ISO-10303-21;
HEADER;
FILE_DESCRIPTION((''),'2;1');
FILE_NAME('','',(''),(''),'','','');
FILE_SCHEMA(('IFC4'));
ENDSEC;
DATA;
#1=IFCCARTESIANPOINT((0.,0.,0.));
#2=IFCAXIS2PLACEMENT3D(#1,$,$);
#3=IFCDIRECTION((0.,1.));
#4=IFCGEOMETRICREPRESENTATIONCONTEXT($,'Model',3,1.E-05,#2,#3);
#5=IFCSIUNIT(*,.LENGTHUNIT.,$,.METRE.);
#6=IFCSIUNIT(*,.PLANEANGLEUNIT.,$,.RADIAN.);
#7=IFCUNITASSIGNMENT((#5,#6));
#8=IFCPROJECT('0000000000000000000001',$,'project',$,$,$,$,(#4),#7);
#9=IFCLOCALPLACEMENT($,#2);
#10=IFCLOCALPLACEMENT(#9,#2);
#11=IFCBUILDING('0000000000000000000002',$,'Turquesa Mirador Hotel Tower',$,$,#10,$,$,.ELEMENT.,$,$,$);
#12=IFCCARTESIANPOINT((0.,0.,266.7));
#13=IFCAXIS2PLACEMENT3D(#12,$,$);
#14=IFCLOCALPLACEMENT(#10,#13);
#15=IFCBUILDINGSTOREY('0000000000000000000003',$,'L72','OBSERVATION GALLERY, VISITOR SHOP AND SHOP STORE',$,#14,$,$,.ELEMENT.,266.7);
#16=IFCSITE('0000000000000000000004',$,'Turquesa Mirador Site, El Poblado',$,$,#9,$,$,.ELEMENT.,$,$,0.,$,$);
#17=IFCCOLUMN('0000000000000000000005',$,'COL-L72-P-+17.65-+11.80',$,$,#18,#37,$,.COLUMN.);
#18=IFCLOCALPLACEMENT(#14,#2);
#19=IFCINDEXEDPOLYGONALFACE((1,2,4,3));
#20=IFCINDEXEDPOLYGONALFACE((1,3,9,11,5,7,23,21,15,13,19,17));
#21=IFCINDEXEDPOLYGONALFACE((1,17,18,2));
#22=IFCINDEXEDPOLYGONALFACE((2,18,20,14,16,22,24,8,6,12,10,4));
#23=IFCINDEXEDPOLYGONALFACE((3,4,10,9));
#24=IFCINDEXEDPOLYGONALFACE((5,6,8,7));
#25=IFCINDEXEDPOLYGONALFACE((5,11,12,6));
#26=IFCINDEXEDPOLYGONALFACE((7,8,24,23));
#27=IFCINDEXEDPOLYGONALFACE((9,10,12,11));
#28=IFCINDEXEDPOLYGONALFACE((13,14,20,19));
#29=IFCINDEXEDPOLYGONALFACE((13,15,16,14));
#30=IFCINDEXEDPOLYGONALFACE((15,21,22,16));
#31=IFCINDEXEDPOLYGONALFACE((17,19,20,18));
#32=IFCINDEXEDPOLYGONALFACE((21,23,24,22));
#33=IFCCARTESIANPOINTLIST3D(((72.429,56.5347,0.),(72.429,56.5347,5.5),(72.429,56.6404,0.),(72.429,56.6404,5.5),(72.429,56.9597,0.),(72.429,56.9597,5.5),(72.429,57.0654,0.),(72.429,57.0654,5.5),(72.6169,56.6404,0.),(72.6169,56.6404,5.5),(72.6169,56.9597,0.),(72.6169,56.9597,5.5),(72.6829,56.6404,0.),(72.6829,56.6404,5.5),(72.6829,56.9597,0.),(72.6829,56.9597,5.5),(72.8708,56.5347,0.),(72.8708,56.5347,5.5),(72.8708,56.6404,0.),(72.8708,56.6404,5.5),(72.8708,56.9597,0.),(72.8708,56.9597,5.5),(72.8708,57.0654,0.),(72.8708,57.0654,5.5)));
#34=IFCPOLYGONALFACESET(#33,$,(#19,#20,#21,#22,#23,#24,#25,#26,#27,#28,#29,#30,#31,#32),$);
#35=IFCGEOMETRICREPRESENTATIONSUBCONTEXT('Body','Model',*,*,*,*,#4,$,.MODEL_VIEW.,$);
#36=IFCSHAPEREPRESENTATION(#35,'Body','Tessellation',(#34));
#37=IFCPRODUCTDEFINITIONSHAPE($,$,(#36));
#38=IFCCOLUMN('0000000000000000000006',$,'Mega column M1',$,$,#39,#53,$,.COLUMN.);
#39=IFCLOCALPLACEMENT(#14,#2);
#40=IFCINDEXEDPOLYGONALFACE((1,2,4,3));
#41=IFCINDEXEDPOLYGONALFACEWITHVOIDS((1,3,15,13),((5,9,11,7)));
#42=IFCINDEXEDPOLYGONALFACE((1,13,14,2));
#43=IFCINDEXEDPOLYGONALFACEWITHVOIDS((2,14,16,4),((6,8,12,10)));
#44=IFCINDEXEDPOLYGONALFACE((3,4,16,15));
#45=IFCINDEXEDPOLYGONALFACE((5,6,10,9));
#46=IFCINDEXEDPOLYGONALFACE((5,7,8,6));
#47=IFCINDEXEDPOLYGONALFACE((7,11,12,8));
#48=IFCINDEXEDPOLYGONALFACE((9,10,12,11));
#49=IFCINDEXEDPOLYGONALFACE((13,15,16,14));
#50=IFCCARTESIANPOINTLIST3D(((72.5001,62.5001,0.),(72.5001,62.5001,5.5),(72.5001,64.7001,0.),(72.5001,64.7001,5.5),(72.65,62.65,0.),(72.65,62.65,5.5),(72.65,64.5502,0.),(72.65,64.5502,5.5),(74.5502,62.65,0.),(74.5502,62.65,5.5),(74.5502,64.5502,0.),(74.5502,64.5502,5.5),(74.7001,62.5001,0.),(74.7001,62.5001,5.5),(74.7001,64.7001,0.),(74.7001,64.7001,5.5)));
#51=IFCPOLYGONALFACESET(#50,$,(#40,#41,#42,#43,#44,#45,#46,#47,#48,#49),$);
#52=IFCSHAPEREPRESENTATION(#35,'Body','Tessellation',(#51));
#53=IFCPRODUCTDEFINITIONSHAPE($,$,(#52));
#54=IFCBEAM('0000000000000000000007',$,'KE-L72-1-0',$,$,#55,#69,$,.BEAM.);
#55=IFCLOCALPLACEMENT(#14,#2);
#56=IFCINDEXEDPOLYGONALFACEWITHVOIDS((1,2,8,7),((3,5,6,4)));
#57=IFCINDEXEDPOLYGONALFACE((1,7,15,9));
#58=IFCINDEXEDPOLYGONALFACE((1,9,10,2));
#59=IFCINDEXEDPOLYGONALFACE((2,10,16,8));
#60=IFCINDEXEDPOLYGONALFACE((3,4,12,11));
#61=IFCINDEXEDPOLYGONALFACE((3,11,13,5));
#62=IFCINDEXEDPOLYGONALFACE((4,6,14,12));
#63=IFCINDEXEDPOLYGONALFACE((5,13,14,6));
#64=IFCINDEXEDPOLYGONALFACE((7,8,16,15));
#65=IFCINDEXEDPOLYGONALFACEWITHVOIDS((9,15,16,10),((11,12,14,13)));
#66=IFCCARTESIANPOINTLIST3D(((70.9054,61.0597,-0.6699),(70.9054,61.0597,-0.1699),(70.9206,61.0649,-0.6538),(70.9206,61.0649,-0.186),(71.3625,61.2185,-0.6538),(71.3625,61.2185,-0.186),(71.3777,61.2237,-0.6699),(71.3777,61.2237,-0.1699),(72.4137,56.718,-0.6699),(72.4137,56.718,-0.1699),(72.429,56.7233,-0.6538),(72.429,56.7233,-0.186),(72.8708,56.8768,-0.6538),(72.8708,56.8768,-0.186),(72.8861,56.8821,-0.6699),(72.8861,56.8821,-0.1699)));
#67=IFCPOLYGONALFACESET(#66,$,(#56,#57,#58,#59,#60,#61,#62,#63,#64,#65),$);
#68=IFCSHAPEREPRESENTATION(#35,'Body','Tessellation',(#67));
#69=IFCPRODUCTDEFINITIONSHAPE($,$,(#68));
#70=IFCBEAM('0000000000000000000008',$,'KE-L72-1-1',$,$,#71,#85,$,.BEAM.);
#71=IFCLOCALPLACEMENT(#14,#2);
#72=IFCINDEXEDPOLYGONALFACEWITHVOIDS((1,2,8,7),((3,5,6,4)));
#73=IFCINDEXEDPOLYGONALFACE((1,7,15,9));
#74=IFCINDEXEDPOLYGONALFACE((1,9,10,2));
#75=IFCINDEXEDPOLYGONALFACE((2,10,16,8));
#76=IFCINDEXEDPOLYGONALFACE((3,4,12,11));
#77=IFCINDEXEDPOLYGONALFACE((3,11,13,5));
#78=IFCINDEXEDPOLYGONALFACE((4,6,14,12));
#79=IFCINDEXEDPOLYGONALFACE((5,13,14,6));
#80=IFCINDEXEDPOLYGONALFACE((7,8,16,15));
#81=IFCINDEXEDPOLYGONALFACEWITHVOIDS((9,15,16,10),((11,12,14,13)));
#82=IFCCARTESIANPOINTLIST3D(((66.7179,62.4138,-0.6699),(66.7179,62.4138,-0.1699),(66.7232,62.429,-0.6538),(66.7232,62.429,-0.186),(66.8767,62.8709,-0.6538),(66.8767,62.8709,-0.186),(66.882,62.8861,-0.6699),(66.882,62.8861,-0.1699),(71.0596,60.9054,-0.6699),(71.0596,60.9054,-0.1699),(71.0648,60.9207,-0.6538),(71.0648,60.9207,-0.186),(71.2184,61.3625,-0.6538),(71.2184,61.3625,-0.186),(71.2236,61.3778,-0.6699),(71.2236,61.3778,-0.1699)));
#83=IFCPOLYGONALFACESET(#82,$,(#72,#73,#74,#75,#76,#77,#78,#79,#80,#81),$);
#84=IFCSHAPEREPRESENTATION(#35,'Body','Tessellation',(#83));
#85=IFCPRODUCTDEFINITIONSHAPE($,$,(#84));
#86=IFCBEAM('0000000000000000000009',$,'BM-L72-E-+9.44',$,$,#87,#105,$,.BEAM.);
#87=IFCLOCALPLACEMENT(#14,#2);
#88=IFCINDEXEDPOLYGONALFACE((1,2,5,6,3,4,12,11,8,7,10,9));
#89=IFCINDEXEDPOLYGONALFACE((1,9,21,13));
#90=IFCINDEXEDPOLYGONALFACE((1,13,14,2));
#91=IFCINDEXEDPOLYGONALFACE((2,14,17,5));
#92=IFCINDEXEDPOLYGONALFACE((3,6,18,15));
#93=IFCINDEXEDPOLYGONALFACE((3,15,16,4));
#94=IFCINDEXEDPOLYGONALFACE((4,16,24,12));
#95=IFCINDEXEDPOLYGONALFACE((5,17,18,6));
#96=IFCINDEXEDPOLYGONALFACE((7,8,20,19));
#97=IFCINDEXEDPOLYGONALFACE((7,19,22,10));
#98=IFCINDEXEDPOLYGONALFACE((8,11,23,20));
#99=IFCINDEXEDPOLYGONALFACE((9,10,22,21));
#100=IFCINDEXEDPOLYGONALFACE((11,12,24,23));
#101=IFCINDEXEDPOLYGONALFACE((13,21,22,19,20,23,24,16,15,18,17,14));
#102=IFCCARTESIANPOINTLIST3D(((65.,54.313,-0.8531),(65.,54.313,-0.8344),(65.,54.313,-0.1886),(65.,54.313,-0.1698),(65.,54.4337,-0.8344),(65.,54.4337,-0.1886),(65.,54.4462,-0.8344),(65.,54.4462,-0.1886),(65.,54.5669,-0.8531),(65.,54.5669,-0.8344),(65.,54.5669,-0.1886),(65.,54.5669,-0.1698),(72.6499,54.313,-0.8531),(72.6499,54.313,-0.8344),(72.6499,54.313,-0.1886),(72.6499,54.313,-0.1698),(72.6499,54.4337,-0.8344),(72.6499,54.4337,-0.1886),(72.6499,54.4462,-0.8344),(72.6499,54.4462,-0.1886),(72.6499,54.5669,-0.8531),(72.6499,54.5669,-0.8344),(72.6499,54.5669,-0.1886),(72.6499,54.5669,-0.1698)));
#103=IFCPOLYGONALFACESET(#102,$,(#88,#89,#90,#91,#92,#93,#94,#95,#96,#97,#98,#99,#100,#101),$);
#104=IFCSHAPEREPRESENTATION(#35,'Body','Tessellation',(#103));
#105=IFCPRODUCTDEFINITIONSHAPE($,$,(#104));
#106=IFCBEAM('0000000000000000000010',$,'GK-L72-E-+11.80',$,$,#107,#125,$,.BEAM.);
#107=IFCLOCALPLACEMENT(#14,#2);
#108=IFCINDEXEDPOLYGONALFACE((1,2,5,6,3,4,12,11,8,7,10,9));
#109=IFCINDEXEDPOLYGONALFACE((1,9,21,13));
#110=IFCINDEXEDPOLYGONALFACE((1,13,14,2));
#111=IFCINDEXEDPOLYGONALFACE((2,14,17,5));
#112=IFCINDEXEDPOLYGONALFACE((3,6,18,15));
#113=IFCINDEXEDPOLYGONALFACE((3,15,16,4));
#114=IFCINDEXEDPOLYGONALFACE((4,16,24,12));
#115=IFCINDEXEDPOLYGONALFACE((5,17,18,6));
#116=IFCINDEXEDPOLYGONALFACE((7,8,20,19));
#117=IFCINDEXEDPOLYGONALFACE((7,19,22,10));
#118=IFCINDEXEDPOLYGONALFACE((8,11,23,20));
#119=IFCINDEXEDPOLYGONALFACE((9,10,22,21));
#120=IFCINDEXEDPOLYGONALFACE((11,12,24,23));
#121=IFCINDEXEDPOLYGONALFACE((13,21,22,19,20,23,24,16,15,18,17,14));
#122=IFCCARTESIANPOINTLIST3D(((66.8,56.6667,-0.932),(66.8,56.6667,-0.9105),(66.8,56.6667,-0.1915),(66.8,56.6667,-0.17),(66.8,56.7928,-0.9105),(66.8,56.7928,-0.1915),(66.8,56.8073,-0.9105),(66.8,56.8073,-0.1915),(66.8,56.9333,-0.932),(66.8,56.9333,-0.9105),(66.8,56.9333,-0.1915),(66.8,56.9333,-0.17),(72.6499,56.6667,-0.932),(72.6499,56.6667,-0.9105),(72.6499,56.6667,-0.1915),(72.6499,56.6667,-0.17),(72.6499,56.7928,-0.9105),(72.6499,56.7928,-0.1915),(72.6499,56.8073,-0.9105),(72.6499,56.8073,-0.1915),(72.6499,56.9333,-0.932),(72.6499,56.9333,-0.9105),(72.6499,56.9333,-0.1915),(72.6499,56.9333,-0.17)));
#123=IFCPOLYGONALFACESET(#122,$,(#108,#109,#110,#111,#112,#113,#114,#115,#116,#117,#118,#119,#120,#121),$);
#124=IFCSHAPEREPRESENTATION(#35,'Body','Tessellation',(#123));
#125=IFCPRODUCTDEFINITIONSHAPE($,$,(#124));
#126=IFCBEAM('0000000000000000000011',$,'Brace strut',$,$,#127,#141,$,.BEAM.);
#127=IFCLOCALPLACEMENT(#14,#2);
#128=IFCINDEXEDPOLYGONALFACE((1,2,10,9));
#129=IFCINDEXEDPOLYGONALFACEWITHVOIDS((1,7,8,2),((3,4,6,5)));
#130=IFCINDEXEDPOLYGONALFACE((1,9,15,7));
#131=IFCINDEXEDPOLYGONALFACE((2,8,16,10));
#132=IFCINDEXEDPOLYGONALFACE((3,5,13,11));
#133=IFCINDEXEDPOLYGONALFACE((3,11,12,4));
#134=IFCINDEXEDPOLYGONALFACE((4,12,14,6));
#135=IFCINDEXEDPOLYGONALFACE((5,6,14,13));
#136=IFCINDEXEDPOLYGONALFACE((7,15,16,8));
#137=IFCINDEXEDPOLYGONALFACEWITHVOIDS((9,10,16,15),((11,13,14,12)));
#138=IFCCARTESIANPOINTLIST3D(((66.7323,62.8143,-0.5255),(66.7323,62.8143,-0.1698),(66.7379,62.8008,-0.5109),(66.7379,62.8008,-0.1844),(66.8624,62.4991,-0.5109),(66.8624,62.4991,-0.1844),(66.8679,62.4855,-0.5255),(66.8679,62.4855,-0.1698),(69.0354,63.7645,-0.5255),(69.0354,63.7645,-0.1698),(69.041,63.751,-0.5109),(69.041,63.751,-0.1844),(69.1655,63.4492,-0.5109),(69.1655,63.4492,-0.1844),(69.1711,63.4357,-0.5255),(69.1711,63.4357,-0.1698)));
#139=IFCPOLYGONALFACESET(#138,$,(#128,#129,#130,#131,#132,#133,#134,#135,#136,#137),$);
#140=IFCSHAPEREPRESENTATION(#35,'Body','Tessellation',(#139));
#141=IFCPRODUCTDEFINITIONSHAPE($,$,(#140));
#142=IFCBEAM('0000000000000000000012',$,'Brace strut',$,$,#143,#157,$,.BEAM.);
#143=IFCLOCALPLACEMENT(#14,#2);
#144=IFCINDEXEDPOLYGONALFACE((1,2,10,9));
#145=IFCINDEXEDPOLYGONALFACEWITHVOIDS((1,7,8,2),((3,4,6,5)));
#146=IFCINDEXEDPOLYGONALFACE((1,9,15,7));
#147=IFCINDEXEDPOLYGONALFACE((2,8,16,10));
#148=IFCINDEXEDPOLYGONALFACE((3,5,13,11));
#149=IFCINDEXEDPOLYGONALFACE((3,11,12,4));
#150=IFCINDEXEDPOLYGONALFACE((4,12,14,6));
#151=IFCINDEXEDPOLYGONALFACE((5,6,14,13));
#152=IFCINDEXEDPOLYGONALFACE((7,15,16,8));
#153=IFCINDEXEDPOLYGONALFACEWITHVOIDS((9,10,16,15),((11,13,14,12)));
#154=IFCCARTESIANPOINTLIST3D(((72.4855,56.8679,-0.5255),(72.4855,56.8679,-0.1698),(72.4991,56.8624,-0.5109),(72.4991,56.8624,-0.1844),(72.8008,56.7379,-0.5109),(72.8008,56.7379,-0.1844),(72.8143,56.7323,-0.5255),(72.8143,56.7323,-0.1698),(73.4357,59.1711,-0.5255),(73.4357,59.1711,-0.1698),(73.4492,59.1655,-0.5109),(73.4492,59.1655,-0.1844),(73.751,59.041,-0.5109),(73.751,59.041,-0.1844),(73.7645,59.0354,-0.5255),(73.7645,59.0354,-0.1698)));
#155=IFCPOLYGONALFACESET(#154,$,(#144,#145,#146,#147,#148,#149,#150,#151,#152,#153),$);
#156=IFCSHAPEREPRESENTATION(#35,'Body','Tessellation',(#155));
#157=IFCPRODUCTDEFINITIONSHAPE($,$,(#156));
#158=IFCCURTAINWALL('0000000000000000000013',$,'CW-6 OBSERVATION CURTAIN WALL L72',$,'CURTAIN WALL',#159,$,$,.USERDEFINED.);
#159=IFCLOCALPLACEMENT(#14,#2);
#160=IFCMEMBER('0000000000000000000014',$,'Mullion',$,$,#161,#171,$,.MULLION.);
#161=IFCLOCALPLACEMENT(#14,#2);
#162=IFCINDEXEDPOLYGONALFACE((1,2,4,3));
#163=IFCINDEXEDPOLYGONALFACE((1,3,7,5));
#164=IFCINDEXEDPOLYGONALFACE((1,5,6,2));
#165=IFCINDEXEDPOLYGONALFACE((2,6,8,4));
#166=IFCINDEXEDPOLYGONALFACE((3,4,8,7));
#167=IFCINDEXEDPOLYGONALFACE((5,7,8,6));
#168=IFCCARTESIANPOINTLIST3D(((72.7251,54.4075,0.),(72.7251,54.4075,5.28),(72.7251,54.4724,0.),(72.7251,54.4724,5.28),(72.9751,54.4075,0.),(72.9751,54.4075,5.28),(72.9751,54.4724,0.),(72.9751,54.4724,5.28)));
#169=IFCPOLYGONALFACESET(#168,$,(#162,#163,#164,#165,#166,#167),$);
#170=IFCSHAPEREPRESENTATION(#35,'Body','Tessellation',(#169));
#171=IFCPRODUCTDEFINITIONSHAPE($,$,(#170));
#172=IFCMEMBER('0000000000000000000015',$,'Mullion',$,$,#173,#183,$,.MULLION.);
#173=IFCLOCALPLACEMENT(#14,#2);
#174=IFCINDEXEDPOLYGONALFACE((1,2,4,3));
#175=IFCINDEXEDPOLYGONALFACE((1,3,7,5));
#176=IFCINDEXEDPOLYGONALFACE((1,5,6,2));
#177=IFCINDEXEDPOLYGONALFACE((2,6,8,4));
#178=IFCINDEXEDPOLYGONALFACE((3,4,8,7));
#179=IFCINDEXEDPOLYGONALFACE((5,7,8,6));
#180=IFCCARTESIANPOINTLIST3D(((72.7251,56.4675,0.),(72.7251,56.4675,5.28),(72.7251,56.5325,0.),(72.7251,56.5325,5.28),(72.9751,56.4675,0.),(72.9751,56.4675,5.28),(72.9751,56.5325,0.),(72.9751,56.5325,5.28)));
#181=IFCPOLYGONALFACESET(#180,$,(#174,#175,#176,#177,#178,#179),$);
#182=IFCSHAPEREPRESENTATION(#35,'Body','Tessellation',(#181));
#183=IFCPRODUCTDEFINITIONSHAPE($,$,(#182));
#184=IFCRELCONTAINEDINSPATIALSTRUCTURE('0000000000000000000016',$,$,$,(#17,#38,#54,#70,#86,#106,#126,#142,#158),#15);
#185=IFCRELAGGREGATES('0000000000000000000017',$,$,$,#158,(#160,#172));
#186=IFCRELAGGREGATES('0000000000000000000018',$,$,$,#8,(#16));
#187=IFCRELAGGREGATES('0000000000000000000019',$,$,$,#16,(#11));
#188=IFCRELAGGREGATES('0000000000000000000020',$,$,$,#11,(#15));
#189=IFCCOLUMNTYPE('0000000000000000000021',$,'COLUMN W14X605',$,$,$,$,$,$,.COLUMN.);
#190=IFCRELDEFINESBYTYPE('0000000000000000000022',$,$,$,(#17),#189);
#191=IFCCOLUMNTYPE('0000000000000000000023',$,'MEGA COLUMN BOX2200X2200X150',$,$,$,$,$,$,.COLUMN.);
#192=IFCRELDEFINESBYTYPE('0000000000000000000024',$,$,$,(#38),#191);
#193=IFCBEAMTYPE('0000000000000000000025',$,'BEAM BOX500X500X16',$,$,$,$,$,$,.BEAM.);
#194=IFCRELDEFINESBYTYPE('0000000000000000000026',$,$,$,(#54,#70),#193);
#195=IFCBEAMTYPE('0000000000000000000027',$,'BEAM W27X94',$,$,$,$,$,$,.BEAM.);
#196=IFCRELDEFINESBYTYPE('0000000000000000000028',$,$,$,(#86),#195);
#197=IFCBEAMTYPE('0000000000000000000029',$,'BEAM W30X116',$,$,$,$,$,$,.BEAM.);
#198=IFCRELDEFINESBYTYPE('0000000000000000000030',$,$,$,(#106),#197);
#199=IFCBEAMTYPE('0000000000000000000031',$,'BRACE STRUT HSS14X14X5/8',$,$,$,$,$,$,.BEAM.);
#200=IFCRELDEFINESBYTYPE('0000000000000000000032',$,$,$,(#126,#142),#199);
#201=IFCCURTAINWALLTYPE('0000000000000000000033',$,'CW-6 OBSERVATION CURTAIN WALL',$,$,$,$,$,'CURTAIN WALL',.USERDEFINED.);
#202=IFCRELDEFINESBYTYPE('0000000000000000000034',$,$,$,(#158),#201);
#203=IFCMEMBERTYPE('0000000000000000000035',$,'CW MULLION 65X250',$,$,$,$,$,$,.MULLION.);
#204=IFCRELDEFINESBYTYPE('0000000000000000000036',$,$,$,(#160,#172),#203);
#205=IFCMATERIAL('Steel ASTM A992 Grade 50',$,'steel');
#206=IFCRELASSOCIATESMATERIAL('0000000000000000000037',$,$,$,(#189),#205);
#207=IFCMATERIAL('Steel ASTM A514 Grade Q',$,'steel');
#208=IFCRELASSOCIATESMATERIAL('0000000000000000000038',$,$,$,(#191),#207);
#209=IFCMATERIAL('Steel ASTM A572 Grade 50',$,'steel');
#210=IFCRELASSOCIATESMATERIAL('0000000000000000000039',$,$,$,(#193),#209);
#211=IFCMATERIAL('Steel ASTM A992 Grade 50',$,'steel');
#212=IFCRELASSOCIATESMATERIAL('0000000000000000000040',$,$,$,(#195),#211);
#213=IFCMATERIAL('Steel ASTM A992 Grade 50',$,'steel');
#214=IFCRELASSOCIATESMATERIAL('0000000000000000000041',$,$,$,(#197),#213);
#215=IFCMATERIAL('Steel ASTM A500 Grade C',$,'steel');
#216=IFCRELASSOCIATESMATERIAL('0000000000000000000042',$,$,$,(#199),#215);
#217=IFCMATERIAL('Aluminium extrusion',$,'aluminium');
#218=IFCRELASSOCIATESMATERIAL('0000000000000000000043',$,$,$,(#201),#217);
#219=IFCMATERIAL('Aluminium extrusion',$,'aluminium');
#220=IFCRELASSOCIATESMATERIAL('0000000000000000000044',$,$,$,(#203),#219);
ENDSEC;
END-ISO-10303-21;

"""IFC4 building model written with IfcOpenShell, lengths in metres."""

from ifc_helpers import new_model, si_unit, direction, frame, origin, origin_2d, place, context, subcontext, project, spatial, rectangle, hollow_rectangle, i_section, extrude, material, material_profile, profile_set, type_object, element, aggregate, save


model = new_model("IFC4")

# Units and contexts
model_context = context("Model", 3, precision=1e-05, world=origin(), true_north=direction((0.0, 1.0)))
body_context = subcontext(model_context, "Body", "Model", "MODEL_VIEW")
ifc_project = project(units=[si_unit("LENGTHUNIT", "METRE"), si_unit("PLANEANGLEUNIT", "RADIAN")], contexts=[model_context])

# Site, building, storey
site_placement = place(None, origin())
site = spatial("IfcSite", under=ifc_project, at=site_placement, Name="Turquesa Mirador Site, El Poblado", CompositionType="ELEMENT", RefElevation=0.0)
building_placement = place(site_placement, origin())
building = spatial("IfcBuilding", under=site, at=building_placement, Name="Turquesa Mirador Hotel Tower", CompositionType="ELEMENT")
storey_placement = place(building_placement, frame((0.0, 0.0, 266.7)))
storey = spatial("IfcBuildingStorey", under=building, at=storey_placement, Name="L72", Description="OBSERVATION GALLERY, VISITOR SHOP AND SHOP STORE", CompositionType="ELEMENT", Elevation=266.7)

# Columns
ifc_material_1 = material(Name="Steel ASTM A992 Grade 50", Category="steel")
ifc_material_profile_1 = material_profile(ifc_material_1, i_section(OverallWidth=0.4419, OverallDepth=0.5308, WebThickness=0.0659, FlangeThickness=0.1057, at=origin_2d()), Name="W14X605")
ifc_profile_set_1 = profile_set([ifc_material_profile_1], Name="Steel ASTM A992 Grade 50")
column_type_1 = type_object("IfcColumnType", Name="COLUMN W14X605", PredefinedType="COLUMN", material=ifc_profile_set_1)
column_1_placement = place(storey_placement, frame((72.6499, 56.8, 0.0), z_axis=(0.0, 0.0, 1.0), x_axis=(1.0, 0.0, 0.0)))
element("IfcColumn", 1, at=column_1_placement, inside=storey, type_object=column_type_1, Name="COL-L72-P-+17.65-+11.80", PredefinedType="COLUMN", context=body_context, shape_type="SweptSolid", body=[
    extrude(i_section(OverallWidth=0.4419, OverallDepth=0.5308, WebThickness=0.0659, FlangeThickness=0.1057, at=origin_2d()), origin(), (0.0, 0.0, 1.0), 5.5),
])
ifc_material_2 = material(Name="Steel ASTM A514 Grade Q", Category="steel")
ifc_material_profile_2 = material_profile(ifc_material_2, hollow_rectangle(XDim=2.2, YDim=2.2, WallThickness=0.1499, at=origin_2d()), Name="BOX2200X2200X150")
ifc_profile_set_2 = profile_set([ifc_material_profile_2], Name="Steel ASTM A514 Grade Q")
column_type_2 = type_object("IfcColumnType", Name="MEGA COLUMN BOX2200X2200X150", PredefinedType="COLUMN", material=ifc_profile_set_2)
column_2_placement = place(storey_placement, frame((73.6001, 63.6001, 0.0), z_axis=(0.0, 0.0, 1.0), x_axis=(1.0, 0.0, 0.0)))
element("IfcColumn", 2, at=column_2_placement, inside=storey, type_object=column_type_2, Name="Mega column M1", PredefinedType="COLUMN", context=body_context, shape_type="SweptSolid", body=[
    extrude(hollow_rectangle(XDim=2.2, YDim=2.2, WallThickness=0.1499, at=origin_2d()), origin(), (0.0, 0.0, 1.0), 5.5),
])

# Beams
ifc_material_3 = material(Name="Steel ASTM A572 Grade 50", Category="steel")
ifc_material_profile_3 = material_profile(ifc_material_3, hollow_rectangle(XDim=0.5, YDim=0.5, WallThickness=0.0161, at=origin_2d()), Name="BOX500X500X16")
ifc_profile_set_3 = profile_set([ifc_material_profile_3], Name="Steel ASTM A572 Grade 50")
beam_type_1 = type_object("IfcBeamType", Name="BEAM BOX500X500X16", PredefinedType="BEAM", material=ifc_profile_set_3)
for number, where, z_axis, x_axis, name in (
    (3, (72.6499, 56.8, -0.4199), (-0.32817, 0.944619, 0.0), (-0.944619, -0.32817, 0.0), "KE-L72-1-0"),
    (4, (71.1416, 61.1416, -0.4199), (-0.944619, 0.32817, 0.0), (-0.32817, -0.944619, 0.0), "KE-L72-1-1"),
):
    element("IfcBeam", number, at=place(storey_placement, frame(where, z_axis=z_axis, x_axis=x_axis)), inside=storey, type_object=beam_type_1, Name=name, PredefinedType="BEAM", context=body_context, shape_type="SweptSolid", body=[
        extrude(hollow_rectangle(XDim=0.5, YDim=0.5, WallThickness=0.0161, at=origin_2d()), origin(), (0.0, 0.0, 1.0), 4.5962),
    ])
ifc_material_4 = material(Name="Steel ASTM A992 Grade 50", Category="steel")
ifc_material_profile_4 = material_profile(ifc_material_4, i_section(OverallWidth=0.2539, OverallDepth=0.6833, WebThickness=0.0125, FlangeThickness=0.0188, at=origin_2d()), Name="W27X94")
ifc_profile_set_4 = profile_set([ifc_material_profile_4], Name="Steel ASTM A992 Grade 50")
beam_type_2 = type_object("IfcBeamType", Name="BEAM W27X94", PredefinedType="BEAM", material=ifc_profile_set_4)
beam_1_placement = place(storey_placement, frame((72.6499, 54.4399, -0.5115), z_axis=(-1.0, 0.0, 0.0), x_axis=(0.0, -1.0, 0.0)))
element("IfcBeam", 5, at=beam_1_placement, inside=storey, type_object=beam_type_2, Name="BM-L72-E-+9.44", PredefinedType="BEAM", context=body_context, shape_type="SweptSolid", body=[
    extrude(i_section(OverallWidth=0.2539, OverallDepth=0.6833, WebThickness=0.0125, FlangeThickness=0.0188, at=origin_2d()), origin(), (0.0, 0.0, 1.0), 7.6499),
])
ifc_material_5 = material(Name="Steel ASTM A992 Grade 50", Category="steel")
ifc_material_profile_5 = material_profile(ifc_material_5, i_section(OverallWidth=0.2666, OverallDepth=0.762, WebThickness=0.0144, FlangeThickness=0.0215, at=origin_2d()), Name="W30X116")
ifc_profile_set_5 = profile_set([ifc_material_profile_5], Name="Steel ASTM A992 Grade 50")
beam_type_3 = type_object("IfcBeamType", Name="BEAM W30X116", PredefinedType="BEAM", material=ifc_profile_set_5)
beam_2_placement = place(storey_placement, frame((72.6499, 56.8, -0.551), z_axis=(-1.0, 0.0, 0.0), x_axis=(0.0, -1.0, 0.0)))
element("IfcBeam", 6, at=beam_2_placement, inside=storey, type_object=beam_type_3, Name="GK-L72-E-+11.80", PredefinedType="BEAM", context=body_context, shape_type="SweptSolid", body=[
    extrude(i_section(OverallWidth=0.2666, OverallDepth=0.762, WebThickness=0.0144, FlangeThickness=0.0215, at=origin_2d()), origin(), (0.0, 0.0, 1.0), 5.8499),
])
ifc_material_6 = material(Name="Steel ASTM A500 Grade C", Category="steel")
ifc_material_profile_6 = material_profile(ifc_material_6, hollow_rectangle(XDim=0.3557, YDim=0.3557, WallThickness=0.0146, at=origin_2d()), Name="HSS14X14X5/8")
ifc_profile_set_6 = profile_set([ifc_material_profile_6], Name="Steel ASTM A500 Grade C")
beam_type_4 = type_object("IfcBeamType", Name="BRACE STRUT HSS14X14X5/8", PredefinedType="BEAM", material=ifc_profile_set_6)
for number, where, z_axis, x_axis, name in (
    (7, (69.1033, 63.6001, -0.3477), (-0.924422, -0.381371, 0.0), (0.381371, -0.924422, 0.0), "Brace strut"),
    (8, (73.6001, 59.1033, -0.3477), (-0.381371, -0.924422, 0.0), (0.924422, -0.381371, 0.0), "Brace strut"),
):
    element("IfcBeam", number, at=place(storey_placement, frame(where, z_axis=z_axis, x_axis=x_axis)), inside=storey, type_object=beam_type_4, Name=name, PredefinedType="BEAM", context=body_context, shape_type="SweptSolid", body=[
        extrude(hollow_rectangle(XDim=0.3557, YDim=0.3557, WallThickness=0.0146, at=origin_2d()), origin(), (0.0, 0.0, 1.0), 2.4915),
    ])

# Curtain wall, members
ifc_material_7 = material(Name="Aluminium extrusion", Category="aluminium")
curtain_wall_type = type_object("IfcCurtainWallType", Name="CW-6 OBSERVATION CURTAIN WALL", ElementType="CURTAIN WALL", PredefinedType="USERDEFINED", material=ifc_material_7)
curtain_wall_1_placement = place(storey_placement, origin())
curtain_wall_1 = element("IfcCurtainWall", 9, at=curtain_wall_1_placement, inside=storey, type_object=curtain_wall_type, Name="CW-6 OBSERVATION CURTAIN WALL L72", ObjectType="CURTAIN WALL", PredefinedType="USERDEFINED")
ifc_material_8 = material(Name="Aluminium extrusion", Category="aluminium")
ifc_material_profile_7 = material_profile(ifc_material_8, rectangle(XDim=0.0649, YDim=0.25, at=origin_2d()), Name="MULLION 65X250")
ifc_profile_set_7 = profile_set([ifc_material_profile_7], Name="Aluminium extrusion")
member_type_1 = type_object("IfcMemberType", Name="CW MULLION 65X250", PredefinedType="MULLION", material=ifc_profile_set_7)
member_1_placement = place(storey_placement, frame((72.8501, 54.4399, 0.0), z_axis=(0.0, 0.0, 1.0), x_axis=(0.0, 1.0, 0.0)))
member_1 = element("IfcMember", 10, at=member_1_placement, type_object=member_type_1, Name="Mullion", PredefinedType="MULLION", context=body_context, shape_type="SweptSolid", body=[
    extrude(rectangle(XDim=0.0649, YDim=0.25, at=origin_2d()), origin(), (0.0, 0.0, 1.0), 5.28),
])
member_2_placement = place(storey_placement, frame((72.8501, 56.5, 0.0), z_axis=(0.0, 0.0, 1.0), x_axis=(0.0, 1.0, 0.0)))
member_2 = element("IfcMember", 11, at=member_2_placement, type_object=member_type_1, Name="Mullion", PredefinedType="MULLION", context=body_context, shape_type="SweptSolid", body=[
    extrude(rectangle(XDim=0.0649, YDim=0.25, at=origin_2d()), origin(), (0.0, 0.0, 1.0), 5.28),
])

aggregate(curtain_wall_1, [member_1, member_2])

save(model, "model.ifc")
